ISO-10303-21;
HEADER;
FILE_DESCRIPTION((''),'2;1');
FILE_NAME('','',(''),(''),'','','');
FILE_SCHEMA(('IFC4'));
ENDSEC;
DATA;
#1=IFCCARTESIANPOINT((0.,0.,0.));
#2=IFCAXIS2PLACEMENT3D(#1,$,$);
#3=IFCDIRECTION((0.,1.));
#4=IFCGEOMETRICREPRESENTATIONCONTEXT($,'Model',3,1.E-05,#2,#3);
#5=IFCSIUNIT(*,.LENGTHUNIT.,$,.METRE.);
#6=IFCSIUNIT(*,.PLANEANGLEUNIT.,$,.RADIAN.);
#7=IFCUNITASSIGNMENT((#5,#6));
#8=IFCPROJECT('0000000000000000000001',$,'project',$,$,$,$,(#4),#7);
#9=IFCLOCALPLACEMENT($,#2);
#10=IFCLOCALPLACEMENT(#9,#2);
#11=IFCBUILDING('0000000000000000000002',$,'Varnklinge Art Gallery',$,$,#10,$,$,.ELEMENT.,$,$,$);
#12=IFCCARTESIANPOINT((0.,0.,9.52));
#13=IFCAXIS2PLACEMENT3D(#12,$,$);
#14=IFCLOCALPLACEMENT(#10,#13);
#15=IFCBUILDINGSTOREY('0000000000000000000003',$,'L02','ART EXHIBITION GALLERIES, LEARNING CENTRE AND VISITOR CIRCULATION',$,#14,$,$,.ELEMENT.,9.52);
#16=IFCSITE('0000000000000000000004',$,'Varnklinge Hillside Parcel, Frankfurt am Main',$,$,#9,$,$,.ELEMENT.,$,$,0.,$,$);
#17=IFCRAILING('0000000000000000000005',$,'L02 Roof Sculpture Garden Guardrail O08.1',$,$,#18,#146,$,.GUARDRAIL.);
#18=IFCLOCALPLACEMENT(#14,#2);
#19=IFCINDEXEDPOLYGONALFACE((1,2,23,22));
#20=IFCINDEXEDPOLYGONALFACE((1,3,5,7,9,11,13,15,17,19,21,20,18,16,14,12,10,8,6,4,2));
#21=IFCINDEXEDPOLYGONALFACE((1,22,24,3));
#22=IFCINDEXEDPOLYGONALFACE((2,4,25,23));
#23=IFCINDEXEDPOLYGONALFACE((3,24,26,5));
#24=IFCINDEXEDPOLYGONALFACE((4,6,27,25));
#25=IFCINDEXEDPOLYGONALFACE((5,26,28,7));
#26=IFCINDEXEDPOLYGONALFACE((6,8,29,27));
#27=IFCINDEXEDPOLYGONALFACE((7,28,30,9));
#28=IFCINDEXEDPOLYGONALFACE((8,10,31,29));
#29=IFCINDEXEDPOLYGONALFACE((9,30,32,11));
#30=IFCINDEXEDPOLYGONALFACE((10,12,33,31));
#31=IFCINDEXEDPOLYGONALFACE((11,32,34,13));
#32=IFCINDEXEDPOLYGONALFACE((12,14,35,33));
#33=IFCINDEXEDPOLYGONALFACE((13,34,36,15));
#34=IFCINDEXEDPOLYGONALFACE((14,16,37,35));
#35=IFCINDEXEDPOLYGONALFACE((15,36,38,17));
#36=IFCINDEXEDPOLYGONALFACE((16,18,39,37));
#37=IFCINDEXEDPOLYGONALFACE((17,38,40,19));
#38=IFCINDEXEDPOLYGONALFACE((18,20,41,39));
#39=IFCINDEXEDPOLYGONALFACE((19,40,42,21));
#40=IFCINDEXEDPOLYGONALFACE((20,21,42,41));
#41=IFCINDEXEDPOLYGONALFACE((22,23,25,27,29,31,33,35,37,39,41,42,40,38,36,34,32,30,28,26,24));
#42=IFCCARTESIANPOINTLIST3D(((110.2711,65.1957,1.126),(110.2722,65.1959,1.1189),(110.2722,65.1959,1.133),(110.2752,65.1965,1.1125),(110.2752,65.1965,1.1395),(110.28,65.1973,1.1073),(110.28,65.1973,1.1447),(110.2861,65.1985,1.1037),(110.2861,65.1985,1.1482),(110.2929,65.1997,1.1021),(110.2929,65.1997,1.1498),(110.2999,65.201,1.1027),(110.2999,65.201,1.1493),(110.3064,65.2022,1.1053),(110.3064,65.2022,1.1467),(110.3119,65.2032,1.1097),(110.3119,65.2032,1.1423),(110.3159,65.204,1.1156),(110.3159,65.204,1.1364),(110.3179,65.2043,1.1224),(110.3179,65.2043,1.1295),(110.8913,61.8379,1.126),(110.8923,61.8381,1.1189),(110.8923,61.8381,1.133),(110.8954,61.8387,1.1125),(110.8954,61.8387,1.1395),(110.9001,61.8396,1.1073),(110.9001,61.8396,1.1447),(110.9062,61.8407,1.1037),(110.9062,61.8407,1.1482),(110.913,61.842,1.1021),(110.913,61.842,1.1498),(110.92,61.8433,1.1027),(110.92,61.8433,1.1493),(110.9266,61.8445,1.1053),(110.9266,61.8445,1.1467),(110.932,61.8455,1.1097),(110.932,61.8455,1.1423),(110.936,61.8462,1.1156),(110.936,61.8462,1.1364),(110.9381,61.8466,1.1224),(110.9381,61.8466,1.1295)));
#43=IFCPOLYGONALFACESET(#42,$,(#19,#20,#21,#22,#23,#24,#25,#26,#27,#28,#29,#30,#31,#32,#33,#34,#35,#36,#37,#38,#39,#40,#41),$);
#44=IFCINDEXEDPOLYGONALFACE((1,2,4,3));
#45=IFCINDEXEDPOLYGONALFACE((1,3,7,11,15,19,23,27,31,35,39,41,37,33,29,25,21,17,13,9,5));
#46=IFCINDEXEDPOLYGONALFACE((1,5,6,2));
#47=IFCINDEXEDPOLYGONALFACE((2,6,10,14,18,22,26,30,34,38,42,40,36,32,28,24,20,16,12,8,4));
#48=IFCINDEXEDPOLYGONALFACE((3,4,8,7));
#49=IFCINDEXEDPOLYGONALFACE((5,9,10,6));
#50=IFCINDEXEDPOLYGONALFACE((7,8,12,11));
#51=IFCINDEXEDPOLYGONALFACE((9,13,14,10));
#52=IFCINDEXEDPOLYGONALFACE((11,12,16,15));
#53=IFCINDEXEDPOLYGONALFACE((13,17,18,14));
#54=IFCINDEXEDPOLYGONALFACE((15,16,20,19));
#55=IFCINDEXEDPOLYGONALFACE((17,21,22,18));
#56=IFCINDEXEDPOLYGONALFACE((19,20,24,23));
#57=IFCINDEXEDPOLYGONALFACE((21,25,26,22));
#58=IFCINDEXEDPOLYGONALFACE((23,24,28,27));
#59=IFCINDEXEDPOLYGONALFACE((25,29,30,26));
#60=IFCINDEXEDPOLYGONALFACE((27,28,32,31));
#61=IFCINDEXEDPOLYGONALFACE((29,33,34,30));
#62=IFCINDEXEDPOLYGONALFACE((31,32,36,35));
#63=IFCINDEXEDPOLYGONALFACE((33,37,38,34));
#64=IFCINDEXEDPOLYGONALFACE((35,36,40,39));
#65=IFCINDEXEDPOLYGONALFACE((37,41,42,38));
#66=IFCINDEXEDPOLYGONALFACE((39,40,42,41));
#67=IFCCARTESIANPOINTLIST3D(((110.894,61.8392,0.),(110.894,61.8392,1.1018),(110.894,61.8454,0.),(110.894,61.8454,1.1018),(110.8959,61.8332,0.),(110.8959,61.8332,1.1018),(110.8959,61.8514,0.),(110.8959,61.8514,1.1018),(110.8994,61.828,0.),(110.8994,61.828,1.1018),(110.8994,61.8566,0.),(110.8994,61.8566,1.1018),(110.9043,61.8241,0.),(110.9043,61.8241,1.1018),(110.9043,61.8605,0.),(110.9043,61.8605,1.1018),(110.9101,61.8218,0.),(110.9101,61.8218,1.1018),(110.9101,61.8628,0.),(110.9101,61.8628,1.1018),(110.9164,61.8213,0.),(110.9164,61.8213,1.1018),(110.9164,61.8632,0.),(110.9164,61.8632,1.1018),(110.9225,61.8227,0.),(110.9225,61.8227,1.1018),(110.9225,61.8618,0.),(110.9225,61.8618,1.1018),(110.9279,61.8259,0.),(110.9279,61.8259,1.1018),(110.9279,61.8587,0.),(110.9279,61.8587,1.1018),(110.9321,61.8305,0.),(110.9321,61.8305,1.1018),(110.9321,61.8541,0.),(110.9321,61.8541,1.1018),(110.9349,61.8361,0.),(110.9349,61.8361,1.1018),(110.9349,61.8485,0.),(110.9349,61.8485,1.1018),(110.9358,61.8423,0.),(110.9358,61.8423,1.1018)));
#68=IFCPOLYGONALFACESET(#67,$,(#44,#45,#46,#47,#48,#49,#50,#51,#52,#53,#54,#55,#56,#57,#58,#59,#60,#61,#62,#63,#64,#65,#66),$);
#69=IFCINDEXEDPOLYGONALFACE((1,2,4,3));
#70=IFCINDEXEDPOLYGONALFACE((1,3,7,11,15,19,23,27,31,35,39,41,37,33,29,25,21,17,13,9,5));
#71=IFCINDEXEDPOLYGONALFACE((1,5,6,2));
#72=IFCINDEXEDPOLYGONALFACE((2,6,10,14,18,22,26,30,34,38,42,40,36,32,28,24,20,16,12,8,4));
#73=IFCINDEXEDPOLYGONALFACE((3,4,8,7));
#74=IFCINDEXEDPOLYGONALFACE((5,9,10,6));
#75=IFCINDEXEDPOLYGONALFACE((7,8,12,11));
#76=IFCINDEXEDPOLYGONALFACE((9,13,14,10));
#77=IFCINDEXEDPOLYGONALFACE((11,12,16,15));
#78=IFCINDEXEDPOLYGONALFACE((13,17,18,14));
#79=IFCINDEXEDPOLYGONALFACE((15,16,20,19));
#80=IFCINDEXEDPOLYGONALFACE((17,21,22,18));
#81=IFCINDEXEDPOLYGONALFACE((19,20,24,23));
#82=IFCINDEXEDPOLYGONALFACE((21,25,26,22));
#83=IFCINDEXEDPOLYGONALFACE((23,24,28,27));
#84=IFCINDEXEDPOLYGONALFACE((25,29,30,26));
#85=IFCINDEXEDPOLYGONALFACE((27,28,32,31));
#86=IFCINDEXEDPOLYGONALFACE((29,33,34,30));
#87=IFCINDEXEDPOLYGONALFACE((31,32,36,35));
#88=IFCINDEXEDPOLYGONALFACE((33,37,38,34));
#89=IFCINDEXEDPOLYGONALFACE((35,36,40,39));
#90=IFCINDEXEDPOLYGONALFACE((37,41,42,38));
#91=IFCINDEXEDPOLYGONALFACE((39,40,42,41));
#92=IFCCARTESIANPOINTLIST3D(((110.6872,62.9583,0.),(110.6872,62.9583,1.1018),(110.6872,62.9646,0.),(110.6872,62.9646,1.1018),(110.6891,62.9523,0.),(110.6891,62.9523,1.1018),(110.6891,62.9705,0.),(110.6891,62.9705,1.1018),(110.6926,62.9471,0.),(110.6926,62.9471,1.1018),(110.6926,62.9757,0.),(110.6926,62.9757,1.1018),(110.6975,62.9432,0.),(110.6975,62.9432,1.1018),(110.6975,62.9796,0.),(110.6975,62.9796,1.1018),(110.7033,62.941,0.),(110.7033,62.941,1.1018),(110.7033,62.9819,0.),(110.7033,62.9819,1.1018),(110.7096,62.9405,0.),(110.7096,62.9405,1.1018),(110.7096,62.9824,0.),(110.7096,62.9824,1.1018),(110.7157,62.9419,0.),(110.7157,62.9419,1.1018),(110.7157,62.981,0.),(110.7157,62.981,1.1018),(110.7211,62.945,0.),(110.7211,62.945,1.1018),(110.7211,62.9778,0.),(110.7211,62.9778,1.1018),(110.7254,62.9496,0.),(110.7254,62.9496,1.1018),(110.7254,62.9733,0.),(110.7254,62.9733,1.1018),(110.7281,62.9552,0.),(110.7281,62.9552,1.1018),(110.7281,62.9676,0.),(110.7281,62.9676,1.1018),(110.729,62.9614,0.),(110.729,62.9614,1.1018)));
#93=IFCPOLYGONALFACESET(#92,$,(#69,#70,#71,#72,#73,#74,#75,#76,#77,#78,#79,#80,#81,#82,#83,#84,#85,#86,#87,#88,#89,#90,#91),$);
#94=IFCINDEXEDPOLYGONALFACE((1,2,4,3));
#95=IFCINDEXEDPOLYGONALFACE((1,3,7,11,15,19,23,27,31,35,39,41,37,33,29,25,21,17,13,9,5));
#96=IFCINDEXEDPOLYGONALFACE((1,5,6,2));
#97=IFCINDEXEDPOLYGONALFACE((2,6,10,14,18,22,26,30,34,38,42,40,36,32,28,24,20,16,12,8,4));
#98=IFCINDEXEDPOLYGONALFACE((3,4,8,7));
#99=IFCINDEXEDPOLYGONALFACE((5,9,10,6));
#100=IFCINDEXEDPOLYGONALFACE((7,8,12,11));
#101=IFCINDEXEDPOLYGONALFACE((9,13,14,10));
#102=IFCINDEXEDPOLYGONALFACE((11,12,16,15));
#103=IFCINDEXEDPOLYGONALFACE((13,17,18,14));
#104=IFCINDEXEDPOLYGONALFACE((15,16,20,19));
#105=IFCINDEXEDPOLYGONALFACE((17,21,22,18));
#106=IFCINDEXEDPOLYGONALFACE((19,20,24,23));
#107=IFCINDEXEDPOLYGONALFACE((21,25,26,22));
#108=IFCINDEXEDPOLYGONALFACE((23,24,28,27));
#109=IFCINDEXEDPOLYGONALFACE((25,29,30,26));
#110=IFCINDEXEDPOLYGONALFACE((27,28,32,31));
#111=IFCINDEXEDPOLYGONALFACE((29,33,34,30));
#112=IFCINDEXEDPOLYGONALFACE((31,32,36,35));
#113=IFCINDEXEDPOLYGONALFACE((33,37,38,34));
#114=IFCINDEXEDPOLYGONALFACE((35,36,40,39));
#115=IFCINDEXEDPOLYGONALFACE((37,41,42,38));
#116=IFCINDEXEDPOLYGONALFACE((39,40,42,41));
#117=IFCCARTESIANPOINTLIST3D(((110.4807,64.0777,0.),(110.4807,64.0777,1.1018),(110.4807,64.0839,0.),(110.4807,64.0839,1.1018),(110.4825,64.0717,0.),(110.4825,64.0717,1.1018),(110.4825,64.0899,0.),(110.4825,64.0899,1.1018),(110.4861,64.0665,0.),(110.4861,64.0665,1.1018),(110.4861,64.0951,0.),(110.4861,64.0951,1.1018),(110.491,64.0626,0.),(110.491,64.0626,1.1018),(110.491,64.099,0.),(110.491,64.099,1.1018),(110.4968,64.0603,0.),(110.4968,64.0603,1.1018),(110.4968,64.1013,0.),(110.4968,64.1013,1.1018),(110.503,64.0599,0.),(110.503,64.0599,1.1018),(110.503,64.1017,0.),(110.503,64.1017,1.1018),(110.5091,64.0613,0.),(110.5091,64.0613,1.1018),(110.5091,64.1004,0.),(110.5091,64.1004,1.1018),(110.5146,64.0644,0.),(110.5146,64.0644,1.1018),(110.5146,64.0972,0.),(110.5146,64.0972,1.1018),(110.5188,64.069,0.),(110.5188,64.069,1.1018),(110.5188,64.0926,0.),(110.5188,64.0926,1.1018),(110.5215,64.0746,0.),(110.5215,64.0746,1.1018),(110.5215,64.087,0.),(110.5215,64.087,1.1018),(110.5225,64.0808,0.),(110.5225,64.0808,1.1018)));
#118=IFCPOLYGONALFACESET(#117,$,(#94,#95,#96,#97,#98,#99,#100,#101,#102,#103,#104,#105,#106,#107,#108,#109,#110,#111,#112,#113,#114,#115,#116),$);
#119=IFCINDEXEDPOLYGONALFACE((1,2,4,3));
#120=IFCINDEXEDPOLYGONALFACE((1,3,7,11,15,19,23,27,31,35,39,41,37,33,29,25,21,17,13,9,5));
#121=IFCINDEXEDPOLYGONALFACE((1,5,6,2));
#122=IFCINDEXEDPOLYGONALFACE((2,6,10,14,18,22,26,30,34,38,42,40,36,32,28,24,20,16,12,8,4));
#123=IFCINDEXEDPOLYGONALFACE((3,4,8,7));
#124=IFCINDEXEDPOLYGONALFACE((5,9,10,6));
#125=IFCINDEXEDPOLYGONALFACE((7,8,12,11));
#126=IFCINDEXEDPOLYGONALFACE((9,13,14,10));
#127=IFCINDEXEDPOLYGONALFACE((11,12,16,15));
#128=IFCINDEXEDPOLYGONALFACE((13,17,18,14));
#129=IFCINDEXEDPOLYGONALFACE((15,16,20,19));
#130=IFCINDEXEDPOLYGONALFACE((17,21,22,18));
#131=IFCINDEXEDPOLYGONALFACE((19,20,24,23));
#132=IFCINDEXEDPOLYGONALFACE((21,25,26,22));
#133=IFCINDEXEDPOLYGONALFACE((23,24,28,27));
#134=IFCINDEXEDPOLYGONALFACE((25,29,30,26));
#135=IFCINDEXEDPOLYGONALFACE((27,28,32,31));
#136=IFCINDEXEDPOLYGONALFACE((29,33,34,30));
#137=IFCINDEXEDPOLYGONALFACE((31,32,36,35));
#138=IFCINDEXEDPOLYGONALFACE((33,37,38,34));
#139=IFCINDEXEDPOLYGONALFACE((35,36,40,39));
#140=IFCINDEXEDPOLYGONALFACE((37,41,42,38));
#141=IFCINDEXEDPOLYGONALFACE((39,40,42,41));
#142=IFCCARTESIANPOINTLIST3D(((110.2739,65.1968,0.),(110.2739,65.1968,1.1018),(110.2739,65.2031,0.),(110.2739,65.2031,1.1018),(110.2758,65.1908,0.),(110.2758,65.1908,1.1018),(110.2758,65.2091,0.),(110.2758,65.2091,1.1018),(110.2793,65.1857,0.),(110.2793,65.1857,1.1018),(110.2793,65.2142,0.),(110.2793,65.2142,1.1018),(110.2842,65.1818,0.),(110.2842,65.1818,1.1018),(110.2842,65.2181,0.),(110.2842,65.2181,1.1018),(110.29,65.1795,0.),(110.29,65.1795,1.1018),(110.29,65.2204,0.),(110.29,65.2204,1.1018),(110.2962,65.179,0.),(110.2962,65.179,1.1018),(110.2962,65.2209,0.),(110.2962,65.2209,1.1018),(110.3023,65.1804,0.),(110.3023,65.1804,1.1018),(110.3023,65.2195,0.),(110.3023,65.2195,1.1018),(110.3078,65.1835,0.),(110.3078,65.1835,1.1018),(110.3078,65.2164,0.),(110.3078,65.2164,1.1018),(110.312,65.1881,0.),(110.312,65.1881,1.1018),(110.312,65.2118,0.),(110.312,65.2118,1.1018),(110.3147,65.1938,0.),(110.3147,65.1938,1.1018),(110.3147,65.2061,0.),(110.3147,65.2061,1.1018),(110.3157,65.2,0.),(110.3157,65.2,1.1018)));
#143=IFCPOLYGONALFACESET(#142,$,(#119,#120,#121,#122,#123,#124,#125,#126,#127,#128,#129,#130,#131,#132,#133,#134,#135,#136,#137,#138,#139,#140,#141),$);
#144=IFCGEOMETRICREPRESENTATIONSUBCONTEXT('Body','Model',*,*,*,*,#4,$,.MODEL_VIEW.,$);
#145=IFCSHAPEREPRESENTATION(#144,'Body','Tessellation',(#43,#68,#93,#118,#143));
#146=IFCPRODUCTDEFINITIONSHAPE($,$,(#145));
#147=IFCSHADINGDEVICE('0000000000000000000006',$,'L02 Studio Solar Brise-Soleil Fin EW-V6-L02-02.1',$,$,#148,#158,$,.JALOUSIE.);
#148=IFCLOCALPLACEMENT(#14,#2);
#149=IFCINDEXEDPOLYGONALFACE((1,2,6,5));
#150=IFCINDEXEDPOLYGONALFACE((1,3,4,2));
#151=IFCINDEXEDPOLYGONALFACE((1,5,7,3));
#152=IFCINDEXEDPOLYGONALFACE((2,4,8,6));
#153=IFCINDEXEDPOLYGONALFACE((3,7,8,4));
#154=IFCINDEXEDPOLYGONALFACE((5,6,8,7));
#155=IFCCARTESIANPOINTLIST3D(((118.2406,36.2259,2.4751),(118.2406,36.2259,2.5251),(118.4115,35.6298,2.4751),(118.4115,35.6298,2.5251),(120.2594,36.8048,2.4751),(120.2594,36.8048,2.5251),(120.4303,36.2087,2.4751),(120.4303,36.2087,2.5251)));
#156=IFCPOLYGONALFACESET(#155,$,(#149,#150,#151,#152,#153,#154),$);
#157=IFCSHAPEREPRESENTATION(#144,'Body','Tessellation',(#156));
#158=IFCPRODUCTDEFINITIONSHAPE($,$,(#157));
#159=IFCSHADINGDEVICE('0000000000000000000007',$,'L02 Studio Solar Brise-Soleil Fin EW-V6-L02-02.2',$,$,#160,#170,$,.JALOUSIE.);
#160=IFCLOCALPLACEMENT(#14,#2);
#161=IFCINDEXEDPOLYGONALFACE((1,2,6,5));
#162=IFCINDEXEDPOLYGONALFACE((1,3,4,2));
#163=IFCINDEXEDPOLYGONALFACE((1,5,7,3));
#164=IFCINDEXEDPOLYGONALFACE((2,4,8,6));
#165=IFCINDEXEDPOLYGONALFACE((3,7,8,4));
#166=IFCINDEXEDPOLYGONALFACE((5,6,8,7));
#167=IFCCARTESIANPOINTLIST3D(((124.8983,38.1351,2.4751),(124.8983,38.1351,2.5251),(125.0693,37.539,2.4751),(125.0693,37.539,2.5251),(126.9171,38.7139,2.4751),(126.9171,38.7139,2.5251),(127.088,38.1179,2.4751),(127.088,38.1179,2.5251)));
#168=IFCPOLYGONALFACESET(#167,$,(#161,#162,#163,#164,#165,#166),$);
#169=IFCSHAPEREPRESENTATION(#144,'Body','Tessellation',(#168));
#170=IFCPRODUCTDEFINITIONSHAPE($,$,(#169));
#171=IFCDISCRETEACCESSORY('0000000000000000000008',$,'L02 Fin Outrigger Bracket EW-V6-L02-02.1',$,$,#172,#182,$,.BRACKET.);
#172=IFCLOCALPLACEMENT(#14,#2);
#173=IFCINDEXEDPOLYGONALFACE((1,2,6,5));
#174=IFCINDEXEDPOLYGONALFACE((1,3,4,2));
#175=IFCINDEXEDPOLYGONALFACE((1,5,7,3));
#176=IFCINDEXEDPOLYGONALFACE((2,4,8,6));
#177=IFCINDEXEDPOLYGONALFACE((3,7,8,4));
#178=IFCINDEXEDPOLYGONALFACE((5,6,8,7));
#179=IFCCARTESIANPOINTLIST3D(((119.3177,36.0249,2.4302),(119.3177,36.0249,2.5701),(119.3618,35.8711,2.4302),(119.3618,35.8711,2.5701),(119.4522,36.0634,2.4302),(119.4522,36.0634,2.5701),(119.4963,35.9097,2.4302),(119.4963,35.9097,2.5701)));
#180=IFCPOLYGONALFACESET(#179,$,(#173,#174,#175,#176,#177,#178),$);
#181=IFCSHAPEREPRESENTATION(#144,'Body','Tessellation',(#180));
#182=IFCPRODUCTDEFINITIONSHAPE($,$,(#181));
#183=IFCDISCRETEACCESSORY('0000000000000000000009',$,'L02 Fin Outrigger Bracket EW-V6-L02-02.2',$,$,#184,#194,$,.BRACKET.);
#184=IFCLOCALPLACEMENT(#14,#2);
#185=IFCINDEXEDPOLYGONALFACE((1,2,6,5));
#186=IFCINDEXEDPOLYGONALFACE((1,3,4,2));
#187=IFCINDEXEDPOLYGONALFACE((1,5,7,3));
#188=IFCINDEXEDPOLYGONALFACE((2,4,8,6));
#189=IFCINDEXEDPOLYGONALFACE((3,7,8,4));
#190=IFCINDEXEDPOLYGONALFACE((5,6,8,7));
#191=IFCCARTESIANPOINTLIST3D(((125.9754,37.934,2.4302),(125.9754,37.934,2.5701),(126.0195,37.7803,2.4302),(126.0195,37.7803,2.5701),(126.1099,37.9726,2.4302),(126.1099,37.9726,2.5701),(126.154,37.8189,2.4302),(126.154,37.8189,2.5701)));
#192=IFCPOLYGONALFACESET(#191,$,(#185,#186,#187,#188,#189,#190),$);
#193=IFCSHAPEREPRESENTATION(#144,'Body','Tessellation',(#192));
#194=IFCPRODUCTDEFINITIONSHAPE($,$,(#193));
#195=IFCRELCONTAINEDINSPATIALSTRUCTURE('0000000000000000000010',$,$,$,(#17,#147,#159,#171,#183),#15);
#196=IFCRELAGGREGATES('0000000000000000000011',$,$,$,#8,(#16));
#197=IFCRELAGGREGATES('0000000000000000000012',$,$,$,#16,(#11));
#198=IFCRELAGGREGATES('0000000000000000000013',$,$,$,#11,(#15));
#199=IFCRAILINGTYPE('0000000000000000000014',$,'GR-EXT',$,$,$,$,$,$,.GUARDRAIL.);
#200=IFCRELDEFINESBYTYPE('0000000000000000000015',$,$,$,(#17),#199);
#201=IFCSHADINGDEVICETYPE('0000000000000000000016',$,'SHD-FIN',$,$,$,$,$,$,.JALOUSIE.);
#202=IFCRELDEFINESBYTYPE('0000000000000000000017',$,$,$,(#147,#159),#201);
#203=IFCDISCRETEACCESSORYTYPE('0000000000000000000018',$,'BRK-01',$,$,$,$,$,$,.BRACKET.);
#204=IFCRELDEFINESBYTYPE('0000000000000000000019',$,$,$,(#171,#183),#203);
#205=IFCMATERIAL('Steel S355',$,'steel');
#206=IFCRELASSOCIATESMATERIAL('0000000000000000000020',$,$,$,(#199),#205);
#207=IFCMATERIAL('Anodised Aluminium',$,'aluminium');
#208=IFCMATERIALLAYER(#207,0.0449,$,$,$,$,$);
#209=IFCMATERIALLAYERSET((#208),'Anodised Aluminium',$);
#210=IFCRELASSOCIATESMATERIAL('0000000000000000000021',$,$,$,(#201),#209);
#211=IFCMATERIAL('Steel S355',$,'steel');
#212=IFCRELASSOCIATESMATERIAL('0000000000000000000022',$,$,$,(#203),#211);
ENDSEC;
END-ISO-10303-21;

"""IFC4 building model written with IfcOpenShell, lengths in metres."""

from ifc_helpers import new_model, si_unit, direction, frame, origin, origin_2d, place, context, subcontext, project, spatial, rectangle, circle, extrude, material, layer, layer_set, type_object, element, save


model = new_model("IFC4")

# Units and contexts
model_context = context("Model", 3, precision=1e-05, world=origin(), true_north=direction((0.0, 1.0)))
body_context = subcontext(model_context, "Body", "Model", "MODEL_VIEW")
ifc_project = project(units=[si_unit("LENGTHUNIT", "METRE"), si_unit("PLANEANGLEUNIT", "RADIAN")], contexts=[model_context])

# Site, building, storey
site_placement = place(None, origin())
site = spatial("IfcSite", under=ifc_project, at=site_placement, Name="Varnklinge Hillside Parcel, Frankfurt am Main", CompositionType="ELEMENT", RefElevation=0.0)
building_placement = place(site_placement, origin())
building = spatial("IfcBuilding", under=site, at=building_placement, Name="Varnklinge Art Gallery", CompositionType="ELEMENT")
storey_placement = place(building_placement, frame((0.0, 0.0, 9.52)))
storey = spatial("IfcBuildingStorey", under=building, at=storey_placement, Name="L02", Description="ART EXHIBITION GALLERIES, LEARNING CENTRE AND VISITOR CIRCULATION", CompositionType="ELEMENT", Elevation=9.52)

# Railing
ifc_material_1 = material(Name="Steel S355", Category="steel")
railing_type_1 = type_object("IfcRailingType", Name="GR-EXT", PredefinedType="GUARDRAIL", material=ifc_material_1)
railing_1_placement = place(storey_placement, frame((110.9148, 61.8423, 0.0)))
element("IfcRailing", 1, at=railing_1_placement, inside=storey, type_object=railing_type_1, Name="L02 Roof Sculpture Garden Guardrail O08.1", PredefinedType="GUARDRAIL", context=body_context, shape_type="SweptSolid", body=[
    extrude(circle(Radius=0.0239, at=origin_2d()), frame((0.0, 0.0, 1.126), z_axis=(-0.181616, 0.98337, 0.0), x_axis=(-0.98337, -0.181616, 0.0)), (0.0, 0.0, 1.0), 3.4146),
    extrude(circle(Radius=0.021, at=origin_2d()), origin(), (0.0, 0.0, 1.0), 1.1018),
    extrude(circle(Radius=0.021, at=origin_2d()), frame((-0.2068, 1.1191, 0.0)), (0.0, 0.0, 1.0), 1.1018),
    extrude(circle(Radius=0.021, at=origin_2d()), frame((-0.4133, 2.2385, 0.0)), (0.0, 0.0, 1.0), 1.1018),
    extrude(circle(Radius=0.021, at=origin_2d()), frame((-0.6201, 3.3577, 0.0)), (0.0, 0.0, 1.0), 1.1018),
])

# Shading devices
ifc_material_2 = material(Name="Anodised Aluminium", Category="aluminium")
ifc_layer_1 = layer(ifc_material_2, 0.0449)
ifc_layer_set_1 = layer_set([ifc_layer_1], Name="Anodised Aluminium")
shading_device_type = type_object("IfcShadingDeviceType", Name="SHD-FIN", PredefinedType="JALOUSIE", material=ifc_layer_set_1)
for number, where, z_axis, x_axis, name in (
    (2, (119.3354, 36.2173, 2.4751), (0.0, 0.0, 1.0), (0.961262, 0.275637, 0.0), "L02 Studio Solar Brise-Soleil Fin EW-V6-L02-02.1"),
    (3, (125.9932, 38.1265, 2.4751), (0.0, 0.0, 1.0), (0.961262, 0.275637, 0.0), "L02 Studio Solar Brise-Soleil Fin EW-V6-L02-02.2"),
):
    element("IfcShadingDevice", number, at=place(storey_placement, frame(where, z_axis=z_axis, x_axis=x_axis)), inside=storey, type_object=shading_device_type, Name=name, PredefinedType="JALOUSIE", context=body_context, shape_type="SweptSolid", body=[
        extrude(rectangle(XDim=2.1001, YDim=0.6201, at=origin_2d()), origin(), (0.0, 0.0, 1.0), 0.05),
    ])

# Discrete accessories
ifc_material_3 = material(Name="Steel S355", Category="steel")
discrete_accessory_type = type_object("IfcDiscreteAccessoryType", Name="BRK-01", PredefinedType="BRACKET", material=ifc_material_3)
for number, where, z_axis, x_axis, name in (
    (4, (119.407, 35.9673, 2.4302), (0.0, 0.0, 1.0), (0.961262, 0.275637, 0.0), "L02 Fin Outrigger Bracket EW-V6-L02-02.1"),
    (5, (126.0647, 37.8765, 2.4302), (0.0, 0.0, 1.0), (0.961262, 0.275637, 0.0), "L02 Fin Outrigger Bracket EW-V6-L02-02.2"),
):
    element("IfcDiscreteAccessory", number, at=place(storey_placement, frame(where, z_axis=z_axis, x_axis=x_axis)), inside=storey, type_object=discrete_accessory_type, Name=name, PredefinedType="BRACKET", context=body_context, shape_type="SweptSolid", body=[
        extrude(rectangle(XDim=0.1399, YDim=0.1599, at=origin_2d()), origin(), (0.0, 0.0, 1.0), 0.1399),
    ])

save(model, "model.ifc")
